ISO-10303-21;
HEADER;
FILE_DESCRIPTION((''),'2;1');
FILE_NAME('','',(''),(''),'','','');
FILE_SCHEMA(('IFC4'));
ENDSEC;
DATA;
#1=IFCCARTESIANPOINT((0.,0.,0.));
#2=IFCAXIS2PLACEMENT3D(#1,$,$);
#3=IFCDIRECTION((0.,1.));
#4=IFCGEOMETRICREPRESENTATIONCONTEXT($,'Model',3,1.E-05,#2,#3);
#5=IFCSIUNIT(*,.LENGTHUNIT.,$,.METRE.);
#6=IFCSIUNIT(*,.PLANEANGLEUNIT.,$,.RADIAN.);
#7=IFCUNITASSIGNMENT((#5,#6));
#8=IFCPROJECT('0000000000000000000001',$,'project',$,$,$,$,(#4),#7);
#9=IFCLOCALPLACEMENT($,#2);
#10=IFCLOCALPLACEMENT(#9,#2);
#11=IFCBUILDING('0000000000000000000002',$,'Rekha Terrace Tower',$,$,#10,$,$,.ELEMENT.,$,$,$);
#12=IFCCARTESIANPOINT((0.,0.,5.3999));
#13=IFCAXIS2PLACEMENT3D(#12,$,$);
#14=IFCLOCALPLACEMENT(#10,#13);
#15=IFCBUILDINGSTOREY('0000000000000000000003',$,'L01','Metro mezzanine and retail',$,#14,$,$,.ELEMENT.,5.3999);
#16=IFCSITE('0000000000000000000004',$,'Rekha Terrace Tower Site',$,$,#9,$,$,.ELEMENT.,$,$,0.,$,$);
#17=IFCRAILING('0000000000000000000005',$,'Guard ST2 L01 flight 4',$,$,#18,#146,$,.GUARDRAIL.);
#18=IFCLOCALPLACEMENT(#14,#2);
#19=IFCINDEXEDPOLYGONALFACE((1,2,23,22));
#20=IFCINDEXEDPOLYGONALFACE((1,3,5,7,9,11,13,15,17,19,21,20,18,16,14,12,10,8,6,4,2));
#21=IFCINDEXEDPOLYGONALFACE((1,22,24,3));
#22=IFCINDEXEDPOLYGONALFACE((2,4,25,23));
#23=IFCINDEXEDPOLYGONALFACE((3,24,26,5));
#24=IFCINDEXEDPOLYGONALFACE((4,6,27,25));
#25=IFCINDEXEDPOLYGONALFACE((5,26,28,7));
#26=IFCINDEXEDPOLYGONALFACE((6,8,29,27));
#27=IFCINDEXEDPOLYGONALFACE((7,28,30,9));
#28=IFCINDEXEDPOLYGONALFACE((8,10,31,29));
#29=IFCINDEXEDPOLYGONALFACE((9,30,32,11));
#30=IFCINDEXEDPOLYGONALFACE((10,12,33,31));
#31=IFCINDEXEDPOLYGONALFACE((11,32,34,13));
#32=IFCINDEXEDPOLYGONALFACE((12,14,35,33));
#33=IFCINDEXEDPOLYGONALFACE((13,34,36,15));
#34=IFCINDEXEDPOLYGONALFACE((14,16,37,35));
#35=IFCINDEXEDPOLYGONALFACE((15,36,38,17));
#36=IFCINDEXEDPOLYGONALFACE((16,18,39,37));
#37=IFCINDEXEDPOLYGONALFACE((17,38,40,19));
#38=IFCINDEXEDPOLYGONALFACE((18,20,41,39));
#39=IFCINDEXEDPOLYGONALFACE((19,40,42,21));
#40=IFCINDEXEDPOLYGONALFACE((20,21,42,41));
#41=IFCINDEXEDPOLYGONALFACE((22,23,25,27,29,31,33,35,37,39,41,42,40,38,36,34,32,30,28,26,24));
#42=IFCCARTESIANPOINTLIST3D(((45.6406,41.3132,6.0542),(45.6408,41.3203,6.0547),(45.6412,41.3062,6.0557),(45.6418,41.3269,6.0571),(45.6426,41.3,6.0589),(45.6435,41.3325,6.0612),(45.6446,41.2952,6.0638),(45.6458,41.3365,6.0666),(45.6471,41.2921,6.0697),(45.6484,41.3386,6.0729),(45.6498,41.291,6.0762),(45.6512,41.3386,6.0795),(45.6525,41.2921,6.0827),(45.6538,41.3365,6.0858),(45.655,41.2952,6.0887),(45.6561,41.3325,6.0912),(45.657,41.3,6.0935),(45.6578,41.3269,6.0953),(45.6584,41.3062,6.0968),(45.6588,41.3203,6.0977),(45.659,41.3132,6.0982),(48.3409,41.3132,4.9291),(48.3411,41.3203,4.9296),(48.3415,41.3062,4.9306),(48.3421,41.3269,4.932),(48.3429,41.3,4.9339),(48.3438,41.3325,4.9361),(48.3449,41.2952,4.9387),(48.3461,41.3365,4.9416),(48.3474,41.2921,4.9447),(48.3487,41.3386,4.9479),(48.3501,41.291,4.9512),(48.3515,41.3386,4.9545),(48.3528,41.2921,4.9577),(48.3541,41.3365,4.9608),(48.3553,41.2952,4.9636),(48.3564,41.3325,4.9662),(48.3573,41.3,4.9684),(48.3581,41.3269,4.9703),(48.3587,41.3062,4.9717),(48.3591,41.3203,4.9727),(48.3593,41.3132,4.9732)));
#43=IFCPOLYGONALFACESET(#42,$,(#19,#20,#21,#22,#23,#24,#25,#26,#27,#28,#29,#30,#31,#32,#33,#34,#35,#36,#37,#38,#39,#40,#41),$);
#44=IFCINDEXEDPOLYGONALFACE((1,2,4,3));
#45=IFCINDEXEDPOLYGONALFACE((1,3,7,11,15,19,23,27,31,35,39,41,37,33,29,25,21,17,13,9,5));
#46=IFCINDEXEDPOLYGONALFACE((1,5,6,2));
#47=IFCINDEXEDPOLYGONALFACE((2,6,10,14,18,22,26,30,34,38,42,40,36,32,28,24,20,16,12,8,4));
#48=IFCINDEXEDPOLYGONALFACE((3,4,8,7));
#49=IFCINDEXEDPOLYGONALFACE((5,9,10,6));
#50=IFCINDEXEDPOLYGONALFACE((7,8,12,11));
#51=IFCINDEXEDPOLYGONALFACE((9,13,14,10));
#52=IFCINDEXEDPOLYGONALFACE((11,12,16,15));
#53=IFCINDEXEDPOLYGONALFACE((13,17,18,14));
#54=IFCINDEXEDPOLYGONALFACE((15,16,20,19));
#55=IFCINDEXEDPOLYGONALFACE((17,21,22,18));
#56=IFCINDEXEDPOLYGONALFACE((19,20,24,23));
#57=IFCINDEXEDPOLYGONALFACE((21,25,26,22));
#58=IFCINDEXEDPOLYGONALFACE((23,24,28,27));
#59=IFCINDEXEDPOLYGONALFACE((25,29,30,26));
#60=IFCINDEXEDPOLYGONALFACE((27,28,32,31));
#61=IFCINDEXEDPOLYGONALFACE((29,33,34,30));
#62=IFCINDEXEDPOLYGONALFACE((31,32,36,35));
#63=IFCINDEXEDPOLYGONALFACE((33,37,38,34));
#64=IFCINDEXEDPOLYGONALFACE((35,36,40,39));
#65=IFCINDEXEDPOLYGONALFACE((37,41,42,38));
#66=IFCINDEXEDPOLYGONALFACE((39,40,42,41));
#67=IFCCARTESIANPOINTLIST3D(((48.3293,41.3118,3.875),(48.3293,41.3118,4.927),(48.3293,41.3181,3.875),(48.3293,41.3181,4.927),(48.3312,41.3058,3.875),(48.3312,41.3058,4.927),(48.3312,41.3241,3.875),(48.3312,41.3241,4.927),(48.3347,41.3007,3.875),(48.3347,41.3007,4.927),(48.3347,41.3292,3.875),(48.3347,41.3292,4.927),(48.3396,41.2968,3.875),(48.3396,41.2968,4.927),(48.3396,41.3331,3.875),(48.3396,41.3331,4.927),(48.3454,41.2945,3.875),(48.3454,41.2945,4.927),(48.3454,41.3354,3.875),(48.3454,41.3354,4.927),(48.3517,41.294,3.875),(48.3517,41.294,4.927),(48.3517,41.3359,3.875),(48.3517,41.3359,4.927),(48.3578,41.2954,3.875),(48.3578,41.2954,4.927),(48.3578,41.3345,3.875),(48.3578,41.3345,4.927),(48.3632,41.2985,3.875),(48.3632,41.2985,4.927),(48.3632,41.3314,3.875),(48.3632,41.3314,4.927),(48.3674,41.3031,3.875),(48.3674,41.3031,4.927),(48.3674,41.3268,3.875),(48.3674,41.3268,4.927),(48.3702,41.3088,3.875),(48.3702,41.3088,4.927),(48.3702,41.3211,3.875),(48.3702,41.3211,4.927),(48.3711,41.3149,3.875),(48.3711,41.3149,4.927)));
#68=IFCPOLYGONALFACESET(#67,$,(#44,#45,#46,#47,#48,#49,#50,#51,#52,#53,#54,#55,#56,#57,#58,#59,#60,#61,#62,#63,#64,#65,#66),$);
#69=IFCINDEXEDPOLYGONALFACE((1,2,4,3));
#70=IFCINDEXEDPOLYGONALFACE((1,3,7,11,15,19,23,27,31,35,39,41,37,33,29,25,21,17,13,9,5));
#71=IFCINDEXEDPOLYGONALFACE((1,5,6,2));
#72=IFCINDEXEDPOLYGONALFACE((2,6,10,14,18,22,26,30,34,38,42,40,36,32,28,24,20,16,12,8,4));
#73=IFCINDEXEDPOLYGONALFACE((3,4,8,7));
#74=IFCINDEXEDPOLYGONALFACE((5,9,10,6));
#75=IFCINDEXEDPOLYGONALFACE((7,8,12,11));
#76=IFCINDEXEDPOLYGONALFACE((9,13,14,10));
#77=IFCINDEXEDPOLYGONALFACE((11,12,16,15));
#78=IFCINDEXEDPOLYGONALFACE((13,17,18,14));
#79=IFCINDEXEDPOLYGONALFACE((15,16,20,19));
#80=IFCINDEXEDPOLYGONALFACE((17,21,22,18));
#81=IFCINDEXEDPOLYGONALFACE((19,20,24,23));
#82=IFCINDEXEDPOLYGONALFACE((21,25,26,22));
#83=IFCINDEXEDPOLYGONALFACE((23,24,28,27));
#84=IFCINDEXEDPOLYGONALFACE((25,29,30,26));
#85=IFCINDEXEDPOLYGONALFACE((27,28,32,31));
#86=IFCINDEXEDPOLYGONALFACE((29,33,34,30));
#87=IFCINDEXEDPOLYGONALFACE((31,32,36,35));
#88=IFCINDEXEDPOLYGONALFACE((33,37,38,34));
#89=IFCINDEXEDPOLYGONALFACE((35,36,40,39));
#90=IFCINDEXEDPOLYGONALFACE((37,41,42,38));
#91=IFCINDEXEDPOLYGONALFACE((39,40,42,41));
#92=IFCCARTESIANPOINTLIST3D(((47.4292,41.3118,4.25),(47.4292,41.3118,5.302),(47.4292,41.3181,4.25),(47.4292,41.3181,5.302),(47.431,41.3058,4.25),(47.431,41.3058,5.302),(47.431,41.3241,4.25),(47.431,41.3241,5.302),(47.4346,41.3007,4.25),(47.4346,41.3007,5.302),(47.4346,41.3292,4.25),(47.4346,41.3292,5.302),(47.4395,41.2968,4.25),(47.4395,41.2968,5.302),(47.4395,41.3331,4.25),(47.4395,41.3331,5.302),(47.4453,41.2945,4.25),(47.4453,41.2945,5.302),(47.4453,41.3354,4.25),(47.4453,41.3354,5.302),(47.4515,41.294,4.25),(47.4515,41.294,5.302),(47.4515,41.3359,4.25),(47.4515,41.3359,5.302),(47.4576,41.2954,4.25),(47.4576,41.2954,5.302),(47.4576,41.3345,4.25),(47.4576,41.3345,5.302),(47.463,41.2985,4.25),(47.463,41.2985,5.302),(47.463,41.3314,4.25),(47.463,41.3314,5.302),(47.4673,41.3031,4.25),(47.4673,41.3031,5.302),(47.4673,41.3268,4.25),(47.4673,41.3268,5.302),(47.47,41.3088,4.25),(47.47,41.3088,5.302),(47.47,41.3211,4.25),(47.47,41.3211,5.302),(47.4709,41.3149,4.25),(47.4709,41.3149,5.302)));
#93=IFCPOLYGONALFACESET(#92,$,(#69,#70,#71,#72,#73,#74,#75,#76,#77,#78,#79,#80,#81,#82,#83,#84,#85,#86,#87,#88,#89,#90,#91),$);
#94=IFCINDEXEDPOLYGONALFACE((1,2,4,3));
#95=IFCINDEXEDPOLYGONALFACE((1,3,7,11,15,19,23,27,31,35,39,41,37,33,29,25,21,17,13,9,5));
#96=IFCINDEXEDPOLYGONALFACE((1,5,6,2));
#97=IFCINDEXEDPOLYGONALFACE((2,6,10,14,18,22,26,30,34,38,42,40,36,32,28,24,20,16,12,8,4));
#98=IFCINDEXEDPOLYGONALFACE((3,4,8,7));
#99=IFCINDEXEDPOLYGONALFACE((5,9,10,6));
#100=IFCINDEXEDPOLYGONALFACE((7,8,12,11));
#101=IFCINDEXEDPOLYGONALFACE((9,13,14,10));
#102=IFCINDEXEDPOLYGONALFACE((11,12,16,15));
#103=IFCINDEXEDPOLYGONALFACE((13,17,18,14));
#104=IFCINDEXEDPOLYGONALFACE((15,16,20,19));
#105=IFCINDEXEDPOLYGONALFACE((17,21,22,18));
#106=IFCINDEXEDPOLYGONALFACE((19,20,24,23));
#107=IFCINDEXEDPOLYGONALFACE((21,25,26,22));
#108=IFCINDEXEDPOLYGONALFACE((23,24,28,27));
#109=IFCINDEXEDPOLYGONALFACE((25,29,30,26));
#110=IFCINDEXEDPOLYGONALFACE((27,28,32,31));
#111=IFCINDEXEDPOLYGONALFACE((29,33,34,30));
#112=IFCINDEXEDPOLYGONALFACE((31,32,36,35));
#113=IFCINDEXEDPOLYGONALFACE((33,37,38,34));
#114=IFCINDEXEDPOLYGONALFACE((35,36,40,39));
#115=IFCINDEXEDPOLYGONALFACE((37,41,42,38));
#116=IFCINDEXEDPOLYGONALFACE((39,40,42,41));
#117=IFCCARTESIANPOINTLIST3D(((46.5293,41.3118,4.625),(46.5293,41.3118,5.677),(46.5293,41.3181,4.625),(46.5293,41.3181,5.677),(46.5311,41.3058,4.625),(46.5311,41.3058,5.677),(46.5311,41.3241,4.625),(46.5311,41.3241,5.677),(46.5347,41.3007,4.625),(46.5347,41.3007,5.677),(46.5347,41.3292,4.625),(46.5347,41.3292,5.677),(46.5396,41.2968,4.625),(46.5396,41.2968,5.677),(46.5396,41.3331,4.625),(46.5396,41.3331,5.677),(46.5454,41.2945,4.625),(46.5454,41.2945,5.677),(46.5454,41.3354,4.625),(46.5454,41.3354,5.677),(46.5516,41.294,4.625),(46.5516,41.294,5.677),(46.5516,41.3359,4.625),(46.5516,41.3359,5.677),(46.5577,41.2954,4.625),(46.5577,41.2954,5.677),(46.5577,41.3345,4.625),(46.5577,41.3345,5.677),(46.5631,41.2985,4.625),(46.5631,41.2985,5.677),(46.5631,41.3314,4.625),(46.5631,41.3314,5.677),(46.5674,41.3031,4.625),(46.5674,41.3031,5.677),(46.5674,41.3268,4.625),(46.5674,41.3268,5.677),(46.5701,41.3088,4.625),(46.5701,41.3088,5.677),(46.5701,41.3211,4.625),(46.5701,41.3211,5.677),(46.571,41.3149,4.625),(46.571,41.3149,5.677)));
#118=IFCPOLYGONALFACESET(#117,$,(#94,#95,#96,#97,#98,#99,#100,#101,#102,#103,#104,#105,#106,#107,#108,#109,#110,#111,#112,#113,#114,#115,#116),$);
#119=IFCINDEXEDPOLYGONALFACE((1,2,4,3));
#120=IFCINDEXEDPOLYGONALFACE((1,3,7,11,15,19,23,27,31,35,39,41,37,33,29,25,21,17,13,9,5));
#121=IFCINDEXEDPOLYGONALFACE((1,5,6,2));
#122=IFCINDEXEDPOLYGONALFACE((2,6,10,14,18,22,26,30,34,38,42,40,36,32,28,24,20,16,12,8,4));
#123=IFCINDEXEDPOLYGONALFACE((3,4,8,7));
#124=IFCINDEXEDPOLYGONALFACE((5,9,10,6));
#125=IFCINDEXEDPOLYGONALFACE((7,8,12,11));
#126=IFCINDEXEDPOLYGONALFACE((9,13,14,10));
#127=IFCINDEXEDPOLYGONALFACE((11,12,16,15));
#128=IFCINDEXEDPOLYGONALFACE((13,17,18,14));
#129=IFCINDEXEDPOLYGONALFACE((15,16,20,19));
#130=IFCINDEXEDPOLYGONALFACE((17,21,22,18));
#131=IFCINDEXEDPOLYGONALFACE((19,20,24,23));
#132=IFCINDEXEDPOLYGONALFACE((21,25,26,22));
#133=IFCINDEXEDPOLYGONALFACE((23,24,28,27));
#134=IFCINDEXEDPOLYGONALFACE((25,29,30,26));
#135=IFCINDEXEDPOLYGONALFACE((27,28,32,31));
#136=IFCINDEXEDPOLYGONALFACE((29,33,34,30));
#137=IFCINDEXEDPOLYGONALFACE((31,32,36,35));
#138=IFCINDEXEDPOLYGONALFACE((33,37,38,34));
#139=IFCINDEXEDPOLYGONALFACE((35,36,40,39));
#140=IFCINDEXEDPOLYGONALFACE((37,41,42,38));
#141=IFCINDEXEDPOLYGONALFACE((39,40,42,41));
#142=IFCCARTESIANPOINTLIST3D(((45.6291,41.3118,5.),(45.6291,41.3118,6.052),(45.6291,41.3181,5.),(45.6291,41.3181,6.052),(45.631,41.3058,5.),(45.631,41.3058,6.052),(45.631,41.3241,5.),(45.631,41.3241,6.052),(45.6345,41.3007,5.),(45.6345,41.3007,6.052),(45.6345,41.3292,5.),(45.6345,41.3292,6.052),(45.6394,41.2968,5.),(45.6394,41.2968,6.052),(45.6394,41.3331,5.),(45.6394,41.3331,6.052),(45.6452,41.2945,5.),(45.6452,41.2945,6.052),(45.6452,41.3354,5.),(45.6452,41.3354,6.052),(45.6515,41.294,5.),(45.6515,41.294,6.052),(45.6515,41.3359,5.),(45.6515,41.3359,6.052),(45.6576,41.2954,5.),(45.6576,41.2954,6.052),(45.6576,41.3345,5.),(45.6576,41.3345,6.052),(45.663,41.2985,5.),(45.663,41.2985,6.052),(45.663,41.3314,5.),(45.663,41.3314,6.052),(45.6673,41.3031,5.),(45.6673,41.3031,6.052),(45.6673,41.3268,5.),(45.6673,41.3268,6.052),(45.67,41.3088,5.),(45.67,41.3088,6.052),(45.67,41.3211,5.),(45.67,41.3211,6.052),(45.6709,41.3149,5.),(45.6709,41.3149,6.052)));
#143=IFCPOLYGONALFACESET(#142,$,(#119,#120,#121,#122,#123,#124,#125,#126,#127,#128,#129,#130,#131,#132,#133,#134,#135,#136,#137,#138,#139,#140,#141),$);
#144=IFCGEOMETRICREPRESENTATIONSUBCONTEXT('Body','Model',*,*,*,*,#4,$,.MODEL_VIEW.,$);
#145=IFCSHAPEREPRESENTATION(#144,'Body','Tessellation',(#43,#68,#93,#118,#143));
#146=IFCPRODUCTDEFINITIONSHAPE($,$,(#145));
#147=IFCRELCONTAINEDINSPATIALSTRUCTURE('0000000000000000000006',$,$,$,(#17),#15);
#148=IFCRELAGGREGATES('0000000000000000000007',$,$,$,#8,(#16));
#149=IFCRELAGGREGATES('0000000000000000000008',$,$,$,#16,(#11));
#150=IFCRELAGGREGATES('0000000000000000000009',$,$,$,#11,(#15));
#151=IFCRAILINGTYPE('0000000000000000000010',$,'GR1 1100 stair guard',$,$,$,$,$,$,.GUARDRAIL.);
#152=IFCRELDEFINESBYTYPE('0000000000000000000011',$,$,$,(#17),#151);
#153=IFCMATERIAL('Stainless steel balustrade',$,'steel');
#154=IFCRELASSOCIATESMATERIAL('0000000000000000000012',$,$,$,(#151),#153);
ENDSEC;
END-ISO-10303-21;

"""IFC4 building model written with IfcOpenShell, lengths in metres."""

from ifc_helpers import new_model, si_unit, direction, frame, origin, origin_2d, place, context, subcontext, project, spatial, circle, extrude, material, type_object, element, save


model = new_model("IFC4")

# Units and contexts
model_context = context("Model", 3, precision=1e-05, world=origin(), true_north=direction((0.0, 1.0)))
body_context = subcontext(model_context, "Body", "Model", "MODEL_VIEW")
ifc_project = project(units=[si_unit("LENGTHUNIT", "METRE"), si_unit("PLANEANGLEUNIT", "RADIAN")], contexts=[model_context])

# Site, building, storey
site_placement = place(None, origin())
site = spatial("IfcSite", under=ifc_project, at=site_placement, Name="Rekha Terrace Tower Site", CompositionType="ELEMENT", RefElevation=0.0)
building_placement = place(site_placement, origin())
building = spatial("IfcBuilding", under=site, at=building_placement, Name="Rekha Terrace Tower", CompositionType="ELEMENT")
storey_placement = place(building_placement, frame((0.0, 0.0, 5.3999)))
storey = spatial("IfcBuildingStorey", under=building, at=storey_placement, Name="L01", Description="Metro mezzanine and retail", CompositionType="ELEMENT", Elevation=5.3999)

# Railing
ifc_material_1 = material(Name="Stainless steel balustrade", Category="steel")
railing_type_1 = type_object("IfcRailingType", Name="GR1 1100 stair guard", PredefinedType="GUARDRAIL", material=ifc_material_1)
railing_1_placement = place(storey_placement, frame((48.3501, 41.3149, 3.875)))
element("IfcRailing", 1, at=railing_1_placement, inside=storey, type_object=railing_type_1, Name="Guard ST2 L01 flight 4", PredefinedType="GUARDRAIL", context=body_context, shape_type="SweptSolid", body=[
    extrude(circle(Radius=0.0239, at=origin_2d()), frame((0.0, 0.0, 1.0762), z_axis=(-0.923087, 0.0, 0.384592), x_axis=(0.0, -1.0, 0.0)), (0.0, 0.0, 1.0), 2.9253),
    extrude(circle(Radius=0.021, at=origin_2d()), origin(), (0.0, 0.0, 1.0), 1.052),
    extrude(circle(Radius=0.021, at=origin_2d()), frame((-0.9001, 0.0, 0.375)), (0.0, 0.0, 1.0), 1.052),
    extrude(circle(Radius=0.021, at=origin_2d()), frame((-1.8, 0.0, 0.75)), (0.0, 0.0, 1.0), 1.052),
    extrude(circle(Radius=0.021, at=origin_2d()), frame((-2.7002, 0.0, 1.125)), (0.0, 0.0, 1.0), 1.052),
])

save(model, "model.ifc")
